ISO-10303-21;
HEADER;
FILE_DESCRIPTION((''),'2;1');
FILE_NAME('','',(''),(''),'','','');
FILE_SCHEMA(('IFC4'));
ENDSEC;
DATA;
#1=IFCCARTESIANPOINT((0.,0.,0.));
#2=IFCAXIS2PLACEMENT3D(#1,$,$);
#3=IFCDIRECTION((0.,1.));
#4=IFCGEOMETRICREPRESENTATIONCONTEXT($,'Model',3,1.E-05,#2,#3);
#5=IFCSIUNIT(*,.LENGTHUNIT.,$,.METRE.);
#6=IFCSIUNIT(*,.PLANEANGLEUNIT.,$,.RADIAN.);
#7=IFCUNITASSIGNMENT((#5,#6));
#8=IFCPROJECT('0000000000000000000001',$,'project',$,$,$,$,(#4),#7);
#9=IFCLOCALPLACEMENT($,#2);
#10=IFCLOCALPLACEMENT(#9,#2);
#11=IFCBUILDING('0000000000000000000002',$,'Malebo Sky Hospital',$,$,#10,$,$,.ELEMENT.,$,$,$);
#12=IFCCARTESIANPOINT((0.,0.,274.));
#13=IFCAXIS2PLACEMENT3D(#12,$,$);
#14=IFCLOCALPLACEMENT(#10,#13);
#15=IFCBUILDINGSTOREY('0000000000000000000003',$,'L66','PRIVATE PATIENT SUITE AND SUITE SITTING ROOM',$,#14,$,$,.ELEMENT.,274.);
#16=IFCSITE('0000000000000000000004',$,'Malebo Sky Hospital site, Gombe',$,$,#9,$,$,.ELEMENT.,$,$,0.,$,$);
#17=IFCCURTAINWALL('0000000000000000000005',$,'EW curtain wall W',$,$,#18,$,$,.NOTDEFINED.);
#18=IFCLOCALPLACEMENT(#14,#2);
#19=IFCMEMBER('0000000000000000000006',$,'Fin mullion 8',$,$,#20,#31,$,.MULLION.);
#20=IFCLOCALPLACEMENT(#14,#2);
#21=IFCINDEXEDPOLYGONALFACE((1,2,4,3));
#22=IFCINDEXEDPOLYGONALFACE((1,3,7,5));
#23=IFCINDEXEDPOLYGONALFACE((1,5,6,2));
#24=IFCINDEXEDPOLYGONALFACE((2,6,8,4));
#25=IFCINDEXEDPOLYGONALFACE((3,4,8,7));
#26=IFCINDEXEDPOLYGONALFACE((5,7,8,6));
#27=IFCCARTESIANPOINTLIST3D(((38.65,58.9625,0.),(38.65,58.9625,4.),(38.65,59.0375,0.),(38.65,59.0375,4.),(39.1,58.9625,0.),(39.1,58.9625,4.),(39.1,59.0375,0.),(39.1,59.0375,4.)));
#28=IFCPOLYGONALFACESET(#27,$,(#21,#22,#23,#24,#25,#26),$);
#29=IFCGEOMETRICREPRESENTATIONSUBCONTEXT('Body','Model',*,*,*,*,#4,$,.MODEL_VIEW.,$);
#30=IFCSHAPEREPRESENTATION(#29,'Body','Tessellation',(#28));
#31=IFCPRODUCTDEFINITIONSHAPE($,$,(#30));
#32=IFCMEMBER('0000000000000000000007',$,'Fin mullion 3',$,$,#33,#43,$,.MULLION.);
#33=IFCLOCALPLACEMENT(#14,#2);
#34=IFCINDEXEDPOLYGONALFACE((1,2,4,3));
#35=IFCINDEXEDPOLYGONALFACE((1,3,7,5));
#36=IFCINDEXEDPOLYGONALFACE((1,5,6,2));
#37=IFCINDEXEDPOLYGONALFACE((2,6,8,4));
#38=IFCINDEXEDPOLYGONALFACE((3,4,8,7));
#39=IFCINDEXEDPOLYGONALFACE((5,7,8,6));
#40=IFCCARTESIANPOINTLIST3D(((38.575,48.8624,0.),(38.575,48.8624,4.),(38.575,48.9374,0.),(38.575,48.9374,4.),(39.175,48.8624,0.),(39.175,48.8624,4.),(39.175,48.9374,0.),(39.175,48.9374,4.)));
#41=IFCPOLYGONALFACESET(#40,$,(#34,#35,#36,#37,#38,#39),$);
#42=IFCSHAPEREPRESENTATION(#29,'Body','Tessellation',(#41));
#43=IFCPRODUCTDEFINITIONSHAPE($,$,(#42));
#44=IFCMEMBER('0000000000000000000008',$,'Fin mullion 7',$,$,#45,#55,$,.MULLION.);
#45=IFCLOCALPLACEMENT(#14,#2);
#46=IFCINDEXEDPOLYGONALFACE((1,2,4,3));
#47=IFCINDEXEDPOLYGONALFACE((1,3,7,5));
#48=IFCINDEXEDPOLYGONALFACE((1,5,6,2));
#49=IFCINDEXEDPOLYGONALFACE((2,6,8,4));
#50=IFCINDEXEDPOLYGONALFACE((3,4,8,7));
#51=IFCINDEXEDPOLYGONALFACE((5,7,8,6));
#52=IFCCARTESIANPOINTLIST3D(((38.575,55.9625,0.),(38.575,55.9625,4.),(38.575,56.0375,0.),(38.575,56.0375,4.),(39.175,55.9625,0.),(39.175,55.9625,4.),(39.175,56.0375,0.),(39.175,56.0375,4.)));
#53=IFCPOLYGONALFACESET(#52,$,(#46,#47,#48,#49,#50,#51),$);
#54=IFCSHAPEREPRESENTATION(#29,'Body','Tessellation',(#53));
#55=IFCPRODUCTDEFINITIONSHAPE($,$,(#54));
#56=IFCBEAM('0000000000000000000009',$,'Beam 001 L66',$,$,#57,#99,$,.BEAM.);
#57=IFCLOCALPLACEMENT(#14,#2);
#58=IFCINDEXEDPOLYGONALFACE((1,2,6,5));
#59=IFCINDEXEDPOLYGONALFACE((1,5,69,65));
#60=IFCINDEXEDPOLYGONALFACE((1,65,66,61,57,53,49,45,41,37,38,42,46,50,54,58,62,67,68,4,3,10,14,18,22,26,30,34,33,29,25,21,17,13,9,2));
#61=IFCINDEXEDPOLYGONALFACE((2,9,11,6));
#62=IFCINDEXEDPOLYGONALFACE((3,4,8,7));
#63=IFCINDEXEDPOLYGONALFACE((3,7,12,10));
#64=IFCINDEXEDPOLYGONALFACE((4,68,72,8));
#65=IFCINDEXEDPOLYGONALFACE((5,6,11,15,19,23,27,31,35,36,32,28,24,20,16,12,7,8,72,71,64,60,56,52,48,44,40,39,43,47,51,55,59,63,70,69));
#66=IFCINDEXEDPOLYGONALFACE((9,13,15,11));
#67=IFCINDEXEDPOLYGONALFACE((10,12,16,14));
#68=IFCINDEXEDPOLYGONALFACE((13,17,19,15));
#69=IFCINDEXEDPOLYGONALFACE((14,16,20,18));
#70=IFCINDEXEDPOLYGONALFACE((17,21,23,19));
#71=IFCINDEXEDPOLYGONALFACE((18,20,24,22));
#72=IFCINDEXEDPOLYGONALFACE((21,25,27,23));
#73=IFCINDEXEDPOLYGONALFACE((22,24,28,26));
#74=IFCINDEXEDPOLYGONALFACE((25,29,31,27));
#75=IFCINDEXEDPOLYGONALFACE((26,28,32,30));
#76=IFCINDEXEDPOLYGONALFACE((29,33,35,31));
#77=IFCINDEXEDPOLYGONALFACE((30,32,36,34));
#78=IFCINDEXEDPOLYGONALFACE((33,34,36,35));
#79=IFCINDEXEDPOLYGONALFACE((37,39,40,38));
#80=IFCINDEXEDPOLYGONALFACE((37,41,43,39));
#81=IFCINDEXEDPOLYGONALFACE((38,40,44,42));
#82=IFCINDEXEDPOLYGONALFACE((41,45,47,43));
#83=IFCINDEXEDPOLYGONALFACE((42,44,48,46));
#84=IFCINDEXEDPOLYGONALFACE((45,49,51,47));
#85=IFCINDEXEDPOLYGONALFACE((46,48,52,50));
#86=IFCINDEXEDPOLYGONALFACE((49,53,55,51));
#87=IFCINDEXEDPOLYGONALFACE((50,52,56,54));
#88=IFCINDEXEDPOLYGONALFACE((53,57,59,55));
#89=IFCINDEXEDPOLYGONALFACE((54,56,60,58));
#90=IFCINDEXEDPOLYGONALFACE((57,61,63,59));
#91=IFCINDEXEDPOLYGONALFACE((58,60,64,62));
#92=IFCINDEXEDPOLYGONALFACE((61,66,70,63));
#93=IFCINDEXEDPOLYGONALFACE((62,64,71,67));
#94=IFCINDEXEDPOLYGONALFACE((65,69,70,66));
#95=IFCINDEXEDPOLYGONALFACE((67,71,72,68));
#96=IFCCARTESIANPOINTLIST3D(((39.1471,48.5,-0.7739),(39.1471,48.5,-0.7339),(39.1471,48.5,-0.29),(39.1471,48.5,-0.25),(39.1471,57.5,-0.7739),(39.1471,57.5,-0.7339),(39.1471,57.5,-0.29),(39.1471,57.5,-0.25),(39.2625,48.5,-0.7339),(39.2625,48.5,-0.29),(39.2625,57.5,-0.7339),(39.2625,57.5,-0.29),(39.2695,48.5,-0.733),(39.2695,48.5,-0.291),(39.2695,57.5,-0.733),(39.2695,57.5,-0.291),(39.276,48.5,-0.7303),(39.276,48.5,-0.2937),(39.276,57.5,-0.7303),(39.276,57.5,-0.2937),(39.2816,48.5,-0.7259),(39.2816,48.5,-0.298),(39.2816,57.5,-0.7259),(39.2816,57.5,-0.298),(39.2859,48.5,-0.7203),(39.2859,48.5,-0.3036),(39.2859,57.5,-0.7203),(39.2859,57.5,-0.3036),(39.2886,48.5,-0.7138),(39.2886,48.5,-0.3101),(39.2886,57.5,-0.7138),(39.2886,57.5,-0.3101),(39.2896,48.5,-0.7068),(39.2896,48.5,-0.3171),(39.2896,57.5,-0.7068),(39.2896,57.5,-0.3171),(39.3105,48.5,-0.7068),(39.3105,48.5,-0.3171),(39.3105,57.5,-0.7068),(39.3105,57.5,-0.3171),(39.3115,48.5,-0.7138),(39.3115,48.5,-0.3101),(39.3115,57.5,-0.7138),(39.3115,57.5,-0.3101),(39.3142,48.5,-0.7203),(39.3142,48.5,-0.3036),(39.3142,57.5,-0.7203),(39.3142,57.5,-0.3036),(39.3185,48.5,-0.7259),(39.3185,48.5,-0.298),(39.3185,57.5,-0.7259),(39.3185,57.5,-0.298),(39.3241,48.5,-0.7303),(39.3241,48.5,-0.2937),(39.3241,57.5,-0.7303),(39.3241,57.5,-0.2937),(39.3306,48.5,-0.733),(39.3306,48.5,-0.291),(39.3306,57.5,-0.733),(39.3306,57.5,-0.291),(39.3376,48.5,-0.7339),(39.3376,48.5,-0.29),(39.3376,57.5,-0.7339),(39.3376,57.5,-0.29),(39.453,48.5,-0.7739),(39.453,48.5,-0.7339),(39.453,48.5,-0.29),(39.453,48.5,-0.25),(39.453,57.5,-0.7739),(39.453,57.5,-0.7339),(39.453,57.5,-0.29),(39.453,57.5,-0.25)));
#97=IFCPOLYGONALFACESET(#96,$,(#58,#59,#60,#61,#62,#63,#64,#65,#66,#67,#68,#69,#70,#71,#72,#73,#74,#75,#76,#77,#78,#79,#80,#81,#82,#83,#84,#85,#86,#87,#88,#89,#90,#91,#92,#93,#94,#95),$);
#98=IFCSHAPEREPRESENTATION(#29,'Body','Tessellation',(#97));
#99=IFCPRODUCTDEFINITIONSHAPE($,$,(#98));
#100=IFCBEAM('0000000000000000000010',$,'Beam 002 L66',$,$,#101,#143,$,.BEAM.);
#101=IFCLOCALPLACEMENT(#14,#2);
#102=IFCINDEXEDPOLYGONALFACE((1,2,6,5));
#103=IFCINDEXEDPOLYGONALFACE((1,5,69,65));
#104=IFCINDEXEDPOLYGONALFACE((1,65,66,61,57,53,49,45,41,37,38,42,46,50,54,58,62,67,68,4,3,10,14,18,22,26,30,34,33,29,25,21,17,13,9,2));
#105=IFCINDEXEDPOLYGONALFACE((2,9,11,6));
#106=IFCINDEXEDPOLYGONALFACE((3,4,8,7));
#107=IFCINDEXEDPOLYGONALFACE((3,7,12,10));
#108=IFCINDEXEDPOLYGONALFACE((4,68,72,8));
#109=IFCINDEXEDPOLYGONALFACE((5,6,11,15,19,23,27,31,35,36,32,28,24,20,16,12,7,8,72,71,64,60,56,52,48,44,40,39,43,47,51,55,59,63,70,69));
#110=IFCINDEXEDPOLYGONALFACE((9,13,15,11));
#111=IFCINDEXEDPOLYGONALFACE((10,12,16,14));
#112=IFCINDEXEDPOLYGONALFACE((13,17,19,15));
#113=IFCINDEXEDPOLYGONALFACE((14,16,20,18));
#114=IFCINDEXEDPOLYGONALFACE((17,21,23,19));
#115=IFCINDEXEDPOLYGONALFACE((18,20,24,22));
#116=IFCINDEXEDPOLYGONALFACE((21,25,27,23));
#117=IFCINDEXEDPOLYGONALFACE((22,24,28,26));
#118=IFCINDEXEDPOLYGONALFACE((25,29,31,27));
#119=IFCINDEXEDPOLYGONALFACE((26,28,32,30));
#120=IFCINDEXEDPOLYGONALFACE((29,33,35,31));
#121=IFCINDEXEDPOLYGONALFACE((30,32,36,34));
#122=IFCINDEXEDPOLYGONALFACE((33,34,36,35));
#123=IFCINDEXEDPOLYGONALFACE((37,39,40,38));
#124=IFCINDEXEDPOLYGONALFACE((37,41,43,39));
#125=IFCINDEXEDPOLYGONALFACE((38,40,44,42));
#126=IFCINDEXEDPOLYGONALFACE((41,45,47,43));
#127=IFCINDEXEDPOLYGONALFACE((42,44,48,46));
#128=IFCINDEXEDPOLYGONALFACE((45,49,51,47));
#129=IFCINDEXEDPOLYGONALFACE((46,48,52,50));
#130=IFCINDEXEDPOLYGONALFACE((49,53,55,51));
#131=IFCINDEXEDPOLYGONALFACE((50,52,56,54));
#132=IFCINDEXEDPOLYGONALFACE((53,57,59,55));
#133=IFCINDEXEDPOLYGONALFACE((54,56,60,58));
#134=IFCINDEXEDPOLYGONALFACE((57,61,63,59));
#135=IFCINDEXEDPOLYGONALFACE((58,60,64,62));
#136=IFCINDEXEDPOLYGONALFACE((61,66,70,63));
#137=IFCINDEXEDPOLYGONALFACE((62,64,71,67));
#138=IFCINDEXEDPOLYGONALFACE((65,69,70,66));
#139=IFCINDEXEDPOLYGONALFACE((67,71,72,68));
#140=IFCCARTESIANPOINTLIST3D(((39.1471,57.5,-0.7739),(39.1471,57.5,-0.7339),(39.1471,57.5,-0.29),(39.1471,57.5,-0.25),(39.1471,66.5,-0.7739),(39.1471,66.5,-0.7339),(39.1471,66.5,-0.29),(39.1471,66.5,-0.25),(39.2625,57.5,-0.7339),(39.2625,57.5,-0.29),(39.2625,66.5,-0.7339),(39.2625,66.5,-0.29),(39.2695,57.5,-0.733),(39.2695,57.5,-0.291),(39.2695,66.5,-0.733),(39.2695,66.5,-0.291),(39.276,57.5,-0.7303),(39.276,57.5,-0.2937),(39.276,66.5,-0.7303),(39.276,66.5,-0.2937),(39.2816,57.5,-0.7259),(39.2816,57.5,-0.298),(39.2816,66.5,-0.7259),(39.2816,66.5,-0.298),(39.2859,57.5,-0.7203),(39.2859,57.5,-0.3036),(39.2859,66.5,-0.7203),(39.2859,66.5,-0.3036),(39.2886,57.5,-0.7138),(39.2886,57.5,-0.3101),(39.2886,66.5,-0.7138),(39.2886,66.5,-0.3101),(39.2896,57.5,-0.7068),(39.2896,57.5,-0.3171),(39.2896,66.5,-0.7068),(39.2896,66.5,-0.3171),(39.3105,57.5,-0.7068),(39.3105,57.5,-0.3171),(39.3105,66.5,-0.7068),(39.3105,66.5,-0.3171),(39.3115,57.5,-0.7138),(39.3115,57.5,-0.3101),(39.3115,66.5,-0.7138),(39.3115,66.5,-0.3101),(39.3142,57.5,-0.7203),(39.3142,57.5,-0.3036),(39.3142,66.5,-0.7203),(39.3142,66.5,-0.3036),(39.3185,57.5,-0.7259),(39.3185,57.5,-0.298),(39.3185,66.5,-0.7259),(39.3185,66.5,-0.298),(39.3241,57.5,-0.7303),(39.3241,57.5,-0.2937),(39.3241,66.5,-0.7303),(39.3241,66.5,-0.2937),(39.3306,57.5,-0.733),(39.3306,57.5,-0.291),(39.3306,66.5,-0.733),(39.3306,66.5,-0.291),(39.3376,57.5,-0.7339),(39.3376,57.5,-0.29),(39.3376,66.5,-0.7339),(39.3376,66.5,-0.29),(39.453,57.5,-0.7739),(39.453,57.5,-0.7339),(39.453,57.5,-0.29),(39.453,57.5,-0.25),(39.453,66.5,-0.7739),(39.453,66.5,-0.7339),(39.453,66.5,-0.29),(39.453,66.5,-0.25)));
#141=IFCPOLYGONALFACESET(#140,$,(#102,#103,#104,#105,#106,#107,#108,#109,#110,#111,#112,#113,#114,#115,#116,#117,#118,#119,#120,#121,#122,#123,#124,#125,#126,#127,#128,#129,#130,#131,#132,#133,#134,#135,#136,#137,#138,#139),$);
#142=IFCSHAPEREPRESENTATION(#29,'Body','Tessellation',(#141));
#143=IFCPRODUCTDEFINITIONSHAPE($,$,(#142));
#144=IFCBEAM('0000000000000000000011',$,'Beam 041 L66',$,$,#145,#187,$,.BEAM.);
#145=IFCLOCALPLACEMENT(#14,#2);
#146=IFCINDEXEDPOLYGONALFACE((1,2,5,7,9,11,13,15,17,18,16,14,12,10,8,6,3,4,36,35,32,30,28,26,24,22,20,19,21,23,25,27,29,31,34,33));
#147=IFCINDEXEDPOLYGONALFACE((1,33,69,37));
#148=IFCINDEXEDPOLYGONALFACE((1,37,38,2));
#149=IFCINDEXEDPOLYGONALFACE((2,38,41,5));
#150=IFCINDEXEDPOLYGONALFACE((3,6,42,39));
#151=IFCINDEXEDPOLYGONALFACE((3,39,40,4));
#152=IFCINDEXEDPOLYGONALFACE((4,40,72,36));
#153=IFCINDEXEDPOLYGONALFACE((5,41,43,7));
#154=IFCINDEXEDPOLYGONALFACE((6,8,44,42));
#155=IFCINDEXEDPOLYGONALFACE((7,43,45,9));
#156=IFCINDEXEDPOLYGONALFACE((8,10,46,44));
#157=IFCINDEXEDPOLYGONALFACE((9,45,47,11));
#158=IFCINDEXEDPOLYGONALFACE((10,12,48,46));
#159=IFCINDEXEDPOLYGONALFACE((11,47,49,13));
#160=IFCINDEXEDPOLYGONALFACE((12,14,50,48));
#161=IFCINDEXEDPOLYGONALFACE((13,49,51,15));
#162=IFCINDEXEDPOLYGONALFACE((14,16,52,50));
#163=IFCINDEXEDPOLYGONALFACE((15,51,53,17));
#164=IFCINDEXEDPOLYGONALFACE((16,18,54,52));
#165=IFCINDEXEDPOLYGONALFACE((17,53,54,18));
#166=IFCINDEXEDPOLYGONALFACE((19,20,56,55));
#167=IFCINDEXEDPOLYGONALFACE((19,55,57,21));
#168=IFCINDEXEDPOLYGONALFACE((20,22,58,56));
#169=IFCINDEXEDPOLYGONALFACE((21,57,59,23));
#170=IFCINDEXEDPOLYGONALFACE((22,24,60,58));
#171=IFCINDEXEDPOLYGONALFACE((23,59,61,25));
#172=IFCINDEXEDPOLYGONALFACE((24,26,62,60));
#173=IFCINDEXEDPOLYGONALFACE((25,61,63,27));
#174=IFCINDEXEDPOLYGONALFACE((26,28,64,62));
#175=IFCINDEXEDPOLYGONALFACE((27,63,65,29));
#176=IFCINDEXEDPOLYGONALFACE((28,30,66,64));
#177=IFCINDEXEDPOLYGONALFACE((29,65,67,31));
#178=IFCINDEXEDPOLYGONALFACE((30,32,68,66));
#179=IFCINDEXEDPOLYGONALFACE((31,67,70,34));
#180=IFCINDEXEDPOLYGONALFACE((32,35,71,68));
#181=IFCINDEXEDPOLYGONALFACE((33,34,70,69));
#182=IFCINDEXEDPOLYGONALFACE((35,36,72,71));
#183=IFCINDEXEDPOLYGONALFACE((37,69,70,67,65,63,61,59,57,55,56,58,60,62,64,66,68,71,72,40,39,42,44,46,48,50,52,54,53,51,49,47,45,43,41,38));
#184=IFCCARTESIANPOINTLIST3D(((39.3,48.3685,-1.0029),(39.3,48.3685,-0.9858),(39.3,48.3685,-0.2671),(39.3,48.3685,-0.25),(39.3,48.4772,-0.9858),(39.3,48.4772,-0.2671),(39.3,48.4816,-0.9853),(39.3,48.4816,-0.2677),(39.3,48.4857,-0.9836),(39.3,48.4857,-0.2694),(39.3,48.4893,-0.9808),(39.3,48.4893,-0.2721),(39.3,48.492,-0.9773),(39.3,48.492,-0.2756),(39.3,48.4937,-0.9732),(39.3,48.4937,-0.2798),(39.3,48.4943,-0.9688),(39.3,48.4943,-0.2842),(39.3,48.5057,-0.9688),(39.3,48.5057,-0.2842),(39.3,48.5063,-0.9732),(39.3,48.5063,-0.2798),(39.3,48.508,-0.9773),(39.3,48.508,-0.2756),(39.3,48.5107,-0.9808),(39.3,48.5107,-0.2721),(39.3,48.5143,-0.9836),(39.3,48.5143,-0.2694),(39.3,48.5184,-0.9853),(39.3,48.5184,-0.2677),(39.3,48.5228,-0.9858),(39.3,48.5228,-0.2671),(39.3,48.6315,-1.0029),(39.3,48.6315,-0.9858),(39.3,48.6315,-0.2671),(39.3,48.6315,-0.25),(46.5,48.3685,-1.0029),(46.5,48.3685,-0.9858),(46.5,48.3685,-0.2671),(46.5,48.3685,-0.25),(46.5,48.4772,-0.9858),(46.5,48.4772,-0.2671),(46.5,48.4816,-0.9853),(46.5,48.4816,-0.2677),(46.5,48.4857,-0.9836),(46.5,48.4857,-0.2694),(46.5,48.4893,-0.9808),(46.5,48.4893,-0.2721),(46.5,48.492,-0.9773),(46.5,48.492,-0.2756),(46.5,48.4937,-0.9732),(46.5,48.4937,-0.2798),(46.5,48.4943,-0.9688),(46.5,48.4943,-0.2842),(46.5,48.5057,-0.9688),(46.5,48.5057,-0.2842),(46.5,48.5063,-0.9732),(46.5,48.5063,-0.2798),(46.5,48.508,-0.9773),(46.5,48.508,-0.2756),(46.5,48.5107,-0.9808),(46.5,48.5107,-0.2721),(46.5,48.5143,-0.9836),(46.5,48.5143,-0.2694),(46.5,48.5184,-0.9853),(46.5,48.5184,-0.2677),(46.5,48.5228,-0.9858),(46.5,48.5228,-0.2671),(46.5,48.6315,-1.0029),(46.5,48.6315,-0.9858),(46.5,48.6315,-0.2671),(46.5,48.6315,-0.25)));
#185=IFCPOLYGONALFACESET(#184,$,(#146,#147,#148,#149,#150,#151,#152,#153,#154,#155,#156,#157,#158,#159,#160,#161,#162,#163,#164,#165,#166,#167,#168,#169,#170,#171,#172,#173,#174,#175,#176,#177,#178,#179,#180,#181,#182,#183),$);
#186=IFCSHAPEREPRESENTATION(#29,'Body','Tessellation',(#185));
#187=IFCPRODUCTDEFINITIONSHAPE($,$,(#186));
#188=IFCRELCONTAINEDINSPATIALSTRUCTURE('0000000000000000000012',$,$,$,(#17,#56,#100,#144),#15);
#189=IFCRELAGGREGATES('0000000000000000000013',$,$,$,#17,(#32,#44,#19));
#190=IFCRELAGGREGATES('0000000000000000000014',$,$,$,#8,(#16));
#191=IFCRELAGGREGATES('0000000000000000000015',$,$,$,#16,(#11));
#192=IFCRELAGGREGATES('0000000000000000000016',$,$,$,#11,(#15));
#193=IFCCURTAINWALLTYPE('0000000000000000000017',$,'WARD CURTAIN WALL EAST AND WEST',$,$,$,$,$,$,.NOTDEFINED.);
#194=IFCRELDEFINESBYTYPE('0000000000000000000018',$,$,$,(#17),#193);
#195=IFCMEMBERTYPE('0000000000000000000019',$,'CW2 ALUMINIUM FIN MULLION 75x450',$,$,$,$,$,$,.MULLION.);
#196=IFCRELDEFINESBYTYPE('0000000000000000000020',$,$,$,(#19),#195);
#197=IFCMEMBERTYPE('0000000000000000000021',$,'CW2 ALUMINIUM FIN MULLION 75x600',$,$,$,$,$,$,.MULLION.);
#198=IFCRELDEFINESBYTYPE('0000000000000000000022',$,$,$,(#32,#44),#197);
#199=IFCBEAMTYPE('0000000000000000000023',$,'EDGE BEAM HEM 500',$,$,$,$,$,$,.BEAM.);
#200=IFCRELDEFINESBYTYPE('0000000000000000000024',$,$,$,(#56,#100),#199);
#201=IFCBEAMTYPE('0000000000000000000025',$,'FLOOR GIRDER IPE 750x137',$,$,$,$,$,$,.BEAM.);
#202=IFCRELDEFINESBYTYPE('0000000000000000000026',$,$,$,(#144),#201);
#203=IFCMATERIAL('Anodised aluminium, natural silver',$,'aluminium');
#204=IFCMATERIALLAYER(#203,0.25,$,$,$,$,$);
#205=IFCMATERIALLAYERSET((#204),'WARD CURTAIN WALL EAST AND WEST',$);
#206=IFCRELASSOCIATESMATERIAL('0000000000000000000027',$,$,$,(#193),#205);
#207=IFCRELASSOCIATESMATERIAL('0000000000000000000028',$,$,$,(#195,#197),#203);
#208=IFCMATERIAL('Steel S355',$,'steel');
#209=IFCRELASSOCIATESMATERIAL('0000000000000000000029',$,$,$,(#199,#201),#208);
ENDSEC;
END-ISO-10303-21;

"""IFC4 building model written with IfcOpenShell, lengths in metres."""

from ifc_helpers import new_model, si_unit, direction, frame, origin, origin_2d, place, context, subcontext, project, spatial, rectangle, i_section, extrude, material, layer, layer_set, material_profile, profile_set, type_object, element, aggregate, save


model = new_model("IFC4")

# Units and contexts
model_context = context("Model", 3, precision=1e-05, world=origin(), true_north=direction((0.0, 1.0)))
body_context = subcontext(model_context, "Body", "Model", "MODEL_VIEW")
ifc_project = project(units=[si_unit("LENGTHUNIT", "METRE"), si_unit("PLANEANGLEUNIT", "RADIAN")], contexts=[model_context])

# Site, building, storey
site_placement = place(None, origin())
site = spatial("IfcSite", under=ifc_project, at=site_placement, Name="Malebo Sky Hospital site, Gombe", CompositionType="ELEMENT", RefElevation=0.0)
building_placement = place(site_placement, origin())
building = spatial("IfcBuilding", under=site, at=building_placement, Name="Malebo Sky Hospital", CompositionType="ELEMENT")
storey_placement = place(building_placement, frame((0.0, 0.0, 274.0)))
storey = spatial("IfcBuildingStorey", under=building, at=storey_placement, Name="L66", Description="PRIVATE PATIENT SUITE AND SUITE SITTING ROOM", CompositionType="ELEMENT", Elevation=274.0)

# Curtain wall
ifc_material_1 = material(Name="Anodised aluminium, natural silver", Category="aluminium")
ifc_layer_1 = layer(ifc_material_1, 0.25)
ifc_layer_set_1 = layer_set([ifc_layer_1], Name="WARD CURTAIN WALL EAST AND WEST")
curtain_wall_type = type_object("IfcCurtainWallType", Name="WARD CURTAIN WALL EAST AND WEST", PredefinedType="NOTDEFINED", material=ifc_layer_set_1)
curtain_wall_placement = place(storey_placement, origin())
curtain_wall = element("IfcCurtainWall", 1, at=curtain_wall_placement, inside=storey, type_object=curtain_wall_type, Name="EW curtain wall W", PredefinedType="NOTDEFINED")

# Members
ifc_material_2 = material(Name="Steel S355", Category="steel")
ifc_material_profile_1 = material_profile(ifc_material_1, rectangle(XDim=0.075, YDim=0.45, at=origin_2d()), Name="CW2 ALUMINIUM FIN MULLION 75x450")
ifc_profile_set_1 = profile_set([ifc_material_profile_1], Name="Anodised aluminium, natural silver")
member_type_1 = type_object("IfcMemberType", Name="CW2 ALUMINIUM FIN MULLION 75x450", PredefinedType="MULLION", material=ifc_profile_set_1)
member_1_placement = place(storey_placement, frame((38.875, 59.0, 0.0), z_axis=(0.0, 0.0, 1.0), x_axis=(0.0, 1.0, 0.0)))
member_1 = element("IfcMember", 2, at=member_1_placement, type_object=member_type_1, Name="Fin mullion 8", PredefinedType="MULLION", context=body_context, shape_type="SweptSolid", body=[
    extrude(rectangle(XDim=0.075, YDim=0.45, at=origin_2d()), origin(), (0.0, 0.0, 1.0), 4.0),
])
ifc_material_profile_2 = material_profile(ifc_material_1, rectangle(XDim=0.075, YDim=0.6001, at=origin_2d()), Name="CW2 ALUMINIUM FIN MULLION 75x600")
ifc_profile_set_2 = profile_set([ifc_material_profile_2], Name="Anodised aluminium, natural silver")
member_type_2 = type_object("IfcMemberType", Name="CW2 ALUMINIUM FIN MULLION 75x600", PredefinedType="MULLION", material=ifc_profile_set_2)
member_2_placement = place(storey_placement, frame((38.875, 48.8999, 0.0), z_axis=(0.0, 0.0, 1.0), x_axis=(0.0, 1.0, 0.0)))
member_2 = element("IfcMember", 3, at=member_2_placement, type_object=member_type_2, Name="Fin mullion 3", PredefinedType="MULLION", context=body_context, shape_type="SweptSolid", body=[
    extrude(rectangle(XDim=0.075, YDim=0.6001, at=origin_2d()), origin(), (0.0, 0.0, 1.0), 4.0),
])
member_3_placement = place(storey_placement, frame((38.875, 56.0, 0.0), z_axis=(0.0, 0.0, 1.0), x_axis=(0.0, 1.0, 0.0)))
member_3 = element("IfcMember", 4, at=member_3_placement, type_object=member_type_2, Name="Fin mullion 7", PredefinedType="MULLION", context=body_context, shape_type="SweptSolid", body=[
    extrude(rectangle(XDim=0.075, YDim=0.6001, at=origin_2d()), origin(), (0.0, 0.0, 1.0), 4.0),
])

# Beams
ifc_material_profile_3 = material_profile(ifc_material_2, i_section(OverallWidth=0.3059, OverallDepth=0.5239, WebThickness=0.021, FlangeThickness=0.04, FilletRadius=0.0271, at=origin_2d()), Name="HEM 500")
ifc_profile_set_3 = profile_set([ifc_material_profile_3], Name="Steel S355")
beam_type_1 = type_object("IfcBeamType", Name="EDGE BEAM HEM 500", PredefinedType="BEAM", material=ifc_profile_set_3)
for number, where, z_axis, x_axis, name in (
    (5, (39.3, 48.5, -0.512), (0.0, 1.0, 0.0), (-1.0, 0.0, 0.0), "Beam 001 L66"),
    (6, (39.3, 57.5, -0.512), (0.0, 1.0, 0.0), (-1.0, 0.0, 0.0), "Beam 002 L66"),
):
    element("IfcBeam", number, at=place(storey_placement, frame(where, z_axis=z_axis, x_axis=x_axis)), inside=storey, type_object=beam_type_1, Name=name, PredefinedType="BEAM", context=body_context, shape_type="SweptSolid", body=[
        extrude(i_section(OverallWidth=0.3059, OverallDepth=0.5239, WebThickness=0.021, FlangeThickness=0.04, FilletRadius=0.0271, at=origin_2d()), origin(), (0.0, 0.0, 1.0), 9.0),
    ])
ifc_material_profile_4 = material_profile(ifc_material_2, i_section(OverallWidth=0.2629, OverallDepth=0.7529, WebThickness=0.0115, FlangeThickness=0.0171, FilletRadius=0.0171, at=origin_2d()), Name="IPE 750x137")
ifc_profile_set_4 = profile_set([ifc_material_profile_4], Name="Steel S355")
beam_type_2 = type_object("IfcBeamType", Name="FLOOR GIRDER IPE 750x137", PredefinedType="BEAM", material=ifc_profile_set_4)
beam_placement = place(storey_placement, frame((39.3, 48.5, -0.6265), z_axis=(1.0, 0.0, 0.0), x_axis=(0.0, 1.0, 0.0)))
element("IfcBeam", 7, at=beam_placement, inside=storey, type_object=beam_type_2, Name="Beam 041 L66", PredefinedType="BEAM", context=body_context, shape_type="SweptSolid", body=[
    extrude(i_section(OverallWidth=0.2629, OverallDepth=0.7529, WebThickness=0.0115, FlangeThickness=0.0171, FilletRadius=0.0171, at=origin_2d()), origin(), (0.0, 0.0, 1.0), 7.2),
])

aggregate(curtain_wall, [member_2, member_3, member_1])

save(model, "model.ifc")
